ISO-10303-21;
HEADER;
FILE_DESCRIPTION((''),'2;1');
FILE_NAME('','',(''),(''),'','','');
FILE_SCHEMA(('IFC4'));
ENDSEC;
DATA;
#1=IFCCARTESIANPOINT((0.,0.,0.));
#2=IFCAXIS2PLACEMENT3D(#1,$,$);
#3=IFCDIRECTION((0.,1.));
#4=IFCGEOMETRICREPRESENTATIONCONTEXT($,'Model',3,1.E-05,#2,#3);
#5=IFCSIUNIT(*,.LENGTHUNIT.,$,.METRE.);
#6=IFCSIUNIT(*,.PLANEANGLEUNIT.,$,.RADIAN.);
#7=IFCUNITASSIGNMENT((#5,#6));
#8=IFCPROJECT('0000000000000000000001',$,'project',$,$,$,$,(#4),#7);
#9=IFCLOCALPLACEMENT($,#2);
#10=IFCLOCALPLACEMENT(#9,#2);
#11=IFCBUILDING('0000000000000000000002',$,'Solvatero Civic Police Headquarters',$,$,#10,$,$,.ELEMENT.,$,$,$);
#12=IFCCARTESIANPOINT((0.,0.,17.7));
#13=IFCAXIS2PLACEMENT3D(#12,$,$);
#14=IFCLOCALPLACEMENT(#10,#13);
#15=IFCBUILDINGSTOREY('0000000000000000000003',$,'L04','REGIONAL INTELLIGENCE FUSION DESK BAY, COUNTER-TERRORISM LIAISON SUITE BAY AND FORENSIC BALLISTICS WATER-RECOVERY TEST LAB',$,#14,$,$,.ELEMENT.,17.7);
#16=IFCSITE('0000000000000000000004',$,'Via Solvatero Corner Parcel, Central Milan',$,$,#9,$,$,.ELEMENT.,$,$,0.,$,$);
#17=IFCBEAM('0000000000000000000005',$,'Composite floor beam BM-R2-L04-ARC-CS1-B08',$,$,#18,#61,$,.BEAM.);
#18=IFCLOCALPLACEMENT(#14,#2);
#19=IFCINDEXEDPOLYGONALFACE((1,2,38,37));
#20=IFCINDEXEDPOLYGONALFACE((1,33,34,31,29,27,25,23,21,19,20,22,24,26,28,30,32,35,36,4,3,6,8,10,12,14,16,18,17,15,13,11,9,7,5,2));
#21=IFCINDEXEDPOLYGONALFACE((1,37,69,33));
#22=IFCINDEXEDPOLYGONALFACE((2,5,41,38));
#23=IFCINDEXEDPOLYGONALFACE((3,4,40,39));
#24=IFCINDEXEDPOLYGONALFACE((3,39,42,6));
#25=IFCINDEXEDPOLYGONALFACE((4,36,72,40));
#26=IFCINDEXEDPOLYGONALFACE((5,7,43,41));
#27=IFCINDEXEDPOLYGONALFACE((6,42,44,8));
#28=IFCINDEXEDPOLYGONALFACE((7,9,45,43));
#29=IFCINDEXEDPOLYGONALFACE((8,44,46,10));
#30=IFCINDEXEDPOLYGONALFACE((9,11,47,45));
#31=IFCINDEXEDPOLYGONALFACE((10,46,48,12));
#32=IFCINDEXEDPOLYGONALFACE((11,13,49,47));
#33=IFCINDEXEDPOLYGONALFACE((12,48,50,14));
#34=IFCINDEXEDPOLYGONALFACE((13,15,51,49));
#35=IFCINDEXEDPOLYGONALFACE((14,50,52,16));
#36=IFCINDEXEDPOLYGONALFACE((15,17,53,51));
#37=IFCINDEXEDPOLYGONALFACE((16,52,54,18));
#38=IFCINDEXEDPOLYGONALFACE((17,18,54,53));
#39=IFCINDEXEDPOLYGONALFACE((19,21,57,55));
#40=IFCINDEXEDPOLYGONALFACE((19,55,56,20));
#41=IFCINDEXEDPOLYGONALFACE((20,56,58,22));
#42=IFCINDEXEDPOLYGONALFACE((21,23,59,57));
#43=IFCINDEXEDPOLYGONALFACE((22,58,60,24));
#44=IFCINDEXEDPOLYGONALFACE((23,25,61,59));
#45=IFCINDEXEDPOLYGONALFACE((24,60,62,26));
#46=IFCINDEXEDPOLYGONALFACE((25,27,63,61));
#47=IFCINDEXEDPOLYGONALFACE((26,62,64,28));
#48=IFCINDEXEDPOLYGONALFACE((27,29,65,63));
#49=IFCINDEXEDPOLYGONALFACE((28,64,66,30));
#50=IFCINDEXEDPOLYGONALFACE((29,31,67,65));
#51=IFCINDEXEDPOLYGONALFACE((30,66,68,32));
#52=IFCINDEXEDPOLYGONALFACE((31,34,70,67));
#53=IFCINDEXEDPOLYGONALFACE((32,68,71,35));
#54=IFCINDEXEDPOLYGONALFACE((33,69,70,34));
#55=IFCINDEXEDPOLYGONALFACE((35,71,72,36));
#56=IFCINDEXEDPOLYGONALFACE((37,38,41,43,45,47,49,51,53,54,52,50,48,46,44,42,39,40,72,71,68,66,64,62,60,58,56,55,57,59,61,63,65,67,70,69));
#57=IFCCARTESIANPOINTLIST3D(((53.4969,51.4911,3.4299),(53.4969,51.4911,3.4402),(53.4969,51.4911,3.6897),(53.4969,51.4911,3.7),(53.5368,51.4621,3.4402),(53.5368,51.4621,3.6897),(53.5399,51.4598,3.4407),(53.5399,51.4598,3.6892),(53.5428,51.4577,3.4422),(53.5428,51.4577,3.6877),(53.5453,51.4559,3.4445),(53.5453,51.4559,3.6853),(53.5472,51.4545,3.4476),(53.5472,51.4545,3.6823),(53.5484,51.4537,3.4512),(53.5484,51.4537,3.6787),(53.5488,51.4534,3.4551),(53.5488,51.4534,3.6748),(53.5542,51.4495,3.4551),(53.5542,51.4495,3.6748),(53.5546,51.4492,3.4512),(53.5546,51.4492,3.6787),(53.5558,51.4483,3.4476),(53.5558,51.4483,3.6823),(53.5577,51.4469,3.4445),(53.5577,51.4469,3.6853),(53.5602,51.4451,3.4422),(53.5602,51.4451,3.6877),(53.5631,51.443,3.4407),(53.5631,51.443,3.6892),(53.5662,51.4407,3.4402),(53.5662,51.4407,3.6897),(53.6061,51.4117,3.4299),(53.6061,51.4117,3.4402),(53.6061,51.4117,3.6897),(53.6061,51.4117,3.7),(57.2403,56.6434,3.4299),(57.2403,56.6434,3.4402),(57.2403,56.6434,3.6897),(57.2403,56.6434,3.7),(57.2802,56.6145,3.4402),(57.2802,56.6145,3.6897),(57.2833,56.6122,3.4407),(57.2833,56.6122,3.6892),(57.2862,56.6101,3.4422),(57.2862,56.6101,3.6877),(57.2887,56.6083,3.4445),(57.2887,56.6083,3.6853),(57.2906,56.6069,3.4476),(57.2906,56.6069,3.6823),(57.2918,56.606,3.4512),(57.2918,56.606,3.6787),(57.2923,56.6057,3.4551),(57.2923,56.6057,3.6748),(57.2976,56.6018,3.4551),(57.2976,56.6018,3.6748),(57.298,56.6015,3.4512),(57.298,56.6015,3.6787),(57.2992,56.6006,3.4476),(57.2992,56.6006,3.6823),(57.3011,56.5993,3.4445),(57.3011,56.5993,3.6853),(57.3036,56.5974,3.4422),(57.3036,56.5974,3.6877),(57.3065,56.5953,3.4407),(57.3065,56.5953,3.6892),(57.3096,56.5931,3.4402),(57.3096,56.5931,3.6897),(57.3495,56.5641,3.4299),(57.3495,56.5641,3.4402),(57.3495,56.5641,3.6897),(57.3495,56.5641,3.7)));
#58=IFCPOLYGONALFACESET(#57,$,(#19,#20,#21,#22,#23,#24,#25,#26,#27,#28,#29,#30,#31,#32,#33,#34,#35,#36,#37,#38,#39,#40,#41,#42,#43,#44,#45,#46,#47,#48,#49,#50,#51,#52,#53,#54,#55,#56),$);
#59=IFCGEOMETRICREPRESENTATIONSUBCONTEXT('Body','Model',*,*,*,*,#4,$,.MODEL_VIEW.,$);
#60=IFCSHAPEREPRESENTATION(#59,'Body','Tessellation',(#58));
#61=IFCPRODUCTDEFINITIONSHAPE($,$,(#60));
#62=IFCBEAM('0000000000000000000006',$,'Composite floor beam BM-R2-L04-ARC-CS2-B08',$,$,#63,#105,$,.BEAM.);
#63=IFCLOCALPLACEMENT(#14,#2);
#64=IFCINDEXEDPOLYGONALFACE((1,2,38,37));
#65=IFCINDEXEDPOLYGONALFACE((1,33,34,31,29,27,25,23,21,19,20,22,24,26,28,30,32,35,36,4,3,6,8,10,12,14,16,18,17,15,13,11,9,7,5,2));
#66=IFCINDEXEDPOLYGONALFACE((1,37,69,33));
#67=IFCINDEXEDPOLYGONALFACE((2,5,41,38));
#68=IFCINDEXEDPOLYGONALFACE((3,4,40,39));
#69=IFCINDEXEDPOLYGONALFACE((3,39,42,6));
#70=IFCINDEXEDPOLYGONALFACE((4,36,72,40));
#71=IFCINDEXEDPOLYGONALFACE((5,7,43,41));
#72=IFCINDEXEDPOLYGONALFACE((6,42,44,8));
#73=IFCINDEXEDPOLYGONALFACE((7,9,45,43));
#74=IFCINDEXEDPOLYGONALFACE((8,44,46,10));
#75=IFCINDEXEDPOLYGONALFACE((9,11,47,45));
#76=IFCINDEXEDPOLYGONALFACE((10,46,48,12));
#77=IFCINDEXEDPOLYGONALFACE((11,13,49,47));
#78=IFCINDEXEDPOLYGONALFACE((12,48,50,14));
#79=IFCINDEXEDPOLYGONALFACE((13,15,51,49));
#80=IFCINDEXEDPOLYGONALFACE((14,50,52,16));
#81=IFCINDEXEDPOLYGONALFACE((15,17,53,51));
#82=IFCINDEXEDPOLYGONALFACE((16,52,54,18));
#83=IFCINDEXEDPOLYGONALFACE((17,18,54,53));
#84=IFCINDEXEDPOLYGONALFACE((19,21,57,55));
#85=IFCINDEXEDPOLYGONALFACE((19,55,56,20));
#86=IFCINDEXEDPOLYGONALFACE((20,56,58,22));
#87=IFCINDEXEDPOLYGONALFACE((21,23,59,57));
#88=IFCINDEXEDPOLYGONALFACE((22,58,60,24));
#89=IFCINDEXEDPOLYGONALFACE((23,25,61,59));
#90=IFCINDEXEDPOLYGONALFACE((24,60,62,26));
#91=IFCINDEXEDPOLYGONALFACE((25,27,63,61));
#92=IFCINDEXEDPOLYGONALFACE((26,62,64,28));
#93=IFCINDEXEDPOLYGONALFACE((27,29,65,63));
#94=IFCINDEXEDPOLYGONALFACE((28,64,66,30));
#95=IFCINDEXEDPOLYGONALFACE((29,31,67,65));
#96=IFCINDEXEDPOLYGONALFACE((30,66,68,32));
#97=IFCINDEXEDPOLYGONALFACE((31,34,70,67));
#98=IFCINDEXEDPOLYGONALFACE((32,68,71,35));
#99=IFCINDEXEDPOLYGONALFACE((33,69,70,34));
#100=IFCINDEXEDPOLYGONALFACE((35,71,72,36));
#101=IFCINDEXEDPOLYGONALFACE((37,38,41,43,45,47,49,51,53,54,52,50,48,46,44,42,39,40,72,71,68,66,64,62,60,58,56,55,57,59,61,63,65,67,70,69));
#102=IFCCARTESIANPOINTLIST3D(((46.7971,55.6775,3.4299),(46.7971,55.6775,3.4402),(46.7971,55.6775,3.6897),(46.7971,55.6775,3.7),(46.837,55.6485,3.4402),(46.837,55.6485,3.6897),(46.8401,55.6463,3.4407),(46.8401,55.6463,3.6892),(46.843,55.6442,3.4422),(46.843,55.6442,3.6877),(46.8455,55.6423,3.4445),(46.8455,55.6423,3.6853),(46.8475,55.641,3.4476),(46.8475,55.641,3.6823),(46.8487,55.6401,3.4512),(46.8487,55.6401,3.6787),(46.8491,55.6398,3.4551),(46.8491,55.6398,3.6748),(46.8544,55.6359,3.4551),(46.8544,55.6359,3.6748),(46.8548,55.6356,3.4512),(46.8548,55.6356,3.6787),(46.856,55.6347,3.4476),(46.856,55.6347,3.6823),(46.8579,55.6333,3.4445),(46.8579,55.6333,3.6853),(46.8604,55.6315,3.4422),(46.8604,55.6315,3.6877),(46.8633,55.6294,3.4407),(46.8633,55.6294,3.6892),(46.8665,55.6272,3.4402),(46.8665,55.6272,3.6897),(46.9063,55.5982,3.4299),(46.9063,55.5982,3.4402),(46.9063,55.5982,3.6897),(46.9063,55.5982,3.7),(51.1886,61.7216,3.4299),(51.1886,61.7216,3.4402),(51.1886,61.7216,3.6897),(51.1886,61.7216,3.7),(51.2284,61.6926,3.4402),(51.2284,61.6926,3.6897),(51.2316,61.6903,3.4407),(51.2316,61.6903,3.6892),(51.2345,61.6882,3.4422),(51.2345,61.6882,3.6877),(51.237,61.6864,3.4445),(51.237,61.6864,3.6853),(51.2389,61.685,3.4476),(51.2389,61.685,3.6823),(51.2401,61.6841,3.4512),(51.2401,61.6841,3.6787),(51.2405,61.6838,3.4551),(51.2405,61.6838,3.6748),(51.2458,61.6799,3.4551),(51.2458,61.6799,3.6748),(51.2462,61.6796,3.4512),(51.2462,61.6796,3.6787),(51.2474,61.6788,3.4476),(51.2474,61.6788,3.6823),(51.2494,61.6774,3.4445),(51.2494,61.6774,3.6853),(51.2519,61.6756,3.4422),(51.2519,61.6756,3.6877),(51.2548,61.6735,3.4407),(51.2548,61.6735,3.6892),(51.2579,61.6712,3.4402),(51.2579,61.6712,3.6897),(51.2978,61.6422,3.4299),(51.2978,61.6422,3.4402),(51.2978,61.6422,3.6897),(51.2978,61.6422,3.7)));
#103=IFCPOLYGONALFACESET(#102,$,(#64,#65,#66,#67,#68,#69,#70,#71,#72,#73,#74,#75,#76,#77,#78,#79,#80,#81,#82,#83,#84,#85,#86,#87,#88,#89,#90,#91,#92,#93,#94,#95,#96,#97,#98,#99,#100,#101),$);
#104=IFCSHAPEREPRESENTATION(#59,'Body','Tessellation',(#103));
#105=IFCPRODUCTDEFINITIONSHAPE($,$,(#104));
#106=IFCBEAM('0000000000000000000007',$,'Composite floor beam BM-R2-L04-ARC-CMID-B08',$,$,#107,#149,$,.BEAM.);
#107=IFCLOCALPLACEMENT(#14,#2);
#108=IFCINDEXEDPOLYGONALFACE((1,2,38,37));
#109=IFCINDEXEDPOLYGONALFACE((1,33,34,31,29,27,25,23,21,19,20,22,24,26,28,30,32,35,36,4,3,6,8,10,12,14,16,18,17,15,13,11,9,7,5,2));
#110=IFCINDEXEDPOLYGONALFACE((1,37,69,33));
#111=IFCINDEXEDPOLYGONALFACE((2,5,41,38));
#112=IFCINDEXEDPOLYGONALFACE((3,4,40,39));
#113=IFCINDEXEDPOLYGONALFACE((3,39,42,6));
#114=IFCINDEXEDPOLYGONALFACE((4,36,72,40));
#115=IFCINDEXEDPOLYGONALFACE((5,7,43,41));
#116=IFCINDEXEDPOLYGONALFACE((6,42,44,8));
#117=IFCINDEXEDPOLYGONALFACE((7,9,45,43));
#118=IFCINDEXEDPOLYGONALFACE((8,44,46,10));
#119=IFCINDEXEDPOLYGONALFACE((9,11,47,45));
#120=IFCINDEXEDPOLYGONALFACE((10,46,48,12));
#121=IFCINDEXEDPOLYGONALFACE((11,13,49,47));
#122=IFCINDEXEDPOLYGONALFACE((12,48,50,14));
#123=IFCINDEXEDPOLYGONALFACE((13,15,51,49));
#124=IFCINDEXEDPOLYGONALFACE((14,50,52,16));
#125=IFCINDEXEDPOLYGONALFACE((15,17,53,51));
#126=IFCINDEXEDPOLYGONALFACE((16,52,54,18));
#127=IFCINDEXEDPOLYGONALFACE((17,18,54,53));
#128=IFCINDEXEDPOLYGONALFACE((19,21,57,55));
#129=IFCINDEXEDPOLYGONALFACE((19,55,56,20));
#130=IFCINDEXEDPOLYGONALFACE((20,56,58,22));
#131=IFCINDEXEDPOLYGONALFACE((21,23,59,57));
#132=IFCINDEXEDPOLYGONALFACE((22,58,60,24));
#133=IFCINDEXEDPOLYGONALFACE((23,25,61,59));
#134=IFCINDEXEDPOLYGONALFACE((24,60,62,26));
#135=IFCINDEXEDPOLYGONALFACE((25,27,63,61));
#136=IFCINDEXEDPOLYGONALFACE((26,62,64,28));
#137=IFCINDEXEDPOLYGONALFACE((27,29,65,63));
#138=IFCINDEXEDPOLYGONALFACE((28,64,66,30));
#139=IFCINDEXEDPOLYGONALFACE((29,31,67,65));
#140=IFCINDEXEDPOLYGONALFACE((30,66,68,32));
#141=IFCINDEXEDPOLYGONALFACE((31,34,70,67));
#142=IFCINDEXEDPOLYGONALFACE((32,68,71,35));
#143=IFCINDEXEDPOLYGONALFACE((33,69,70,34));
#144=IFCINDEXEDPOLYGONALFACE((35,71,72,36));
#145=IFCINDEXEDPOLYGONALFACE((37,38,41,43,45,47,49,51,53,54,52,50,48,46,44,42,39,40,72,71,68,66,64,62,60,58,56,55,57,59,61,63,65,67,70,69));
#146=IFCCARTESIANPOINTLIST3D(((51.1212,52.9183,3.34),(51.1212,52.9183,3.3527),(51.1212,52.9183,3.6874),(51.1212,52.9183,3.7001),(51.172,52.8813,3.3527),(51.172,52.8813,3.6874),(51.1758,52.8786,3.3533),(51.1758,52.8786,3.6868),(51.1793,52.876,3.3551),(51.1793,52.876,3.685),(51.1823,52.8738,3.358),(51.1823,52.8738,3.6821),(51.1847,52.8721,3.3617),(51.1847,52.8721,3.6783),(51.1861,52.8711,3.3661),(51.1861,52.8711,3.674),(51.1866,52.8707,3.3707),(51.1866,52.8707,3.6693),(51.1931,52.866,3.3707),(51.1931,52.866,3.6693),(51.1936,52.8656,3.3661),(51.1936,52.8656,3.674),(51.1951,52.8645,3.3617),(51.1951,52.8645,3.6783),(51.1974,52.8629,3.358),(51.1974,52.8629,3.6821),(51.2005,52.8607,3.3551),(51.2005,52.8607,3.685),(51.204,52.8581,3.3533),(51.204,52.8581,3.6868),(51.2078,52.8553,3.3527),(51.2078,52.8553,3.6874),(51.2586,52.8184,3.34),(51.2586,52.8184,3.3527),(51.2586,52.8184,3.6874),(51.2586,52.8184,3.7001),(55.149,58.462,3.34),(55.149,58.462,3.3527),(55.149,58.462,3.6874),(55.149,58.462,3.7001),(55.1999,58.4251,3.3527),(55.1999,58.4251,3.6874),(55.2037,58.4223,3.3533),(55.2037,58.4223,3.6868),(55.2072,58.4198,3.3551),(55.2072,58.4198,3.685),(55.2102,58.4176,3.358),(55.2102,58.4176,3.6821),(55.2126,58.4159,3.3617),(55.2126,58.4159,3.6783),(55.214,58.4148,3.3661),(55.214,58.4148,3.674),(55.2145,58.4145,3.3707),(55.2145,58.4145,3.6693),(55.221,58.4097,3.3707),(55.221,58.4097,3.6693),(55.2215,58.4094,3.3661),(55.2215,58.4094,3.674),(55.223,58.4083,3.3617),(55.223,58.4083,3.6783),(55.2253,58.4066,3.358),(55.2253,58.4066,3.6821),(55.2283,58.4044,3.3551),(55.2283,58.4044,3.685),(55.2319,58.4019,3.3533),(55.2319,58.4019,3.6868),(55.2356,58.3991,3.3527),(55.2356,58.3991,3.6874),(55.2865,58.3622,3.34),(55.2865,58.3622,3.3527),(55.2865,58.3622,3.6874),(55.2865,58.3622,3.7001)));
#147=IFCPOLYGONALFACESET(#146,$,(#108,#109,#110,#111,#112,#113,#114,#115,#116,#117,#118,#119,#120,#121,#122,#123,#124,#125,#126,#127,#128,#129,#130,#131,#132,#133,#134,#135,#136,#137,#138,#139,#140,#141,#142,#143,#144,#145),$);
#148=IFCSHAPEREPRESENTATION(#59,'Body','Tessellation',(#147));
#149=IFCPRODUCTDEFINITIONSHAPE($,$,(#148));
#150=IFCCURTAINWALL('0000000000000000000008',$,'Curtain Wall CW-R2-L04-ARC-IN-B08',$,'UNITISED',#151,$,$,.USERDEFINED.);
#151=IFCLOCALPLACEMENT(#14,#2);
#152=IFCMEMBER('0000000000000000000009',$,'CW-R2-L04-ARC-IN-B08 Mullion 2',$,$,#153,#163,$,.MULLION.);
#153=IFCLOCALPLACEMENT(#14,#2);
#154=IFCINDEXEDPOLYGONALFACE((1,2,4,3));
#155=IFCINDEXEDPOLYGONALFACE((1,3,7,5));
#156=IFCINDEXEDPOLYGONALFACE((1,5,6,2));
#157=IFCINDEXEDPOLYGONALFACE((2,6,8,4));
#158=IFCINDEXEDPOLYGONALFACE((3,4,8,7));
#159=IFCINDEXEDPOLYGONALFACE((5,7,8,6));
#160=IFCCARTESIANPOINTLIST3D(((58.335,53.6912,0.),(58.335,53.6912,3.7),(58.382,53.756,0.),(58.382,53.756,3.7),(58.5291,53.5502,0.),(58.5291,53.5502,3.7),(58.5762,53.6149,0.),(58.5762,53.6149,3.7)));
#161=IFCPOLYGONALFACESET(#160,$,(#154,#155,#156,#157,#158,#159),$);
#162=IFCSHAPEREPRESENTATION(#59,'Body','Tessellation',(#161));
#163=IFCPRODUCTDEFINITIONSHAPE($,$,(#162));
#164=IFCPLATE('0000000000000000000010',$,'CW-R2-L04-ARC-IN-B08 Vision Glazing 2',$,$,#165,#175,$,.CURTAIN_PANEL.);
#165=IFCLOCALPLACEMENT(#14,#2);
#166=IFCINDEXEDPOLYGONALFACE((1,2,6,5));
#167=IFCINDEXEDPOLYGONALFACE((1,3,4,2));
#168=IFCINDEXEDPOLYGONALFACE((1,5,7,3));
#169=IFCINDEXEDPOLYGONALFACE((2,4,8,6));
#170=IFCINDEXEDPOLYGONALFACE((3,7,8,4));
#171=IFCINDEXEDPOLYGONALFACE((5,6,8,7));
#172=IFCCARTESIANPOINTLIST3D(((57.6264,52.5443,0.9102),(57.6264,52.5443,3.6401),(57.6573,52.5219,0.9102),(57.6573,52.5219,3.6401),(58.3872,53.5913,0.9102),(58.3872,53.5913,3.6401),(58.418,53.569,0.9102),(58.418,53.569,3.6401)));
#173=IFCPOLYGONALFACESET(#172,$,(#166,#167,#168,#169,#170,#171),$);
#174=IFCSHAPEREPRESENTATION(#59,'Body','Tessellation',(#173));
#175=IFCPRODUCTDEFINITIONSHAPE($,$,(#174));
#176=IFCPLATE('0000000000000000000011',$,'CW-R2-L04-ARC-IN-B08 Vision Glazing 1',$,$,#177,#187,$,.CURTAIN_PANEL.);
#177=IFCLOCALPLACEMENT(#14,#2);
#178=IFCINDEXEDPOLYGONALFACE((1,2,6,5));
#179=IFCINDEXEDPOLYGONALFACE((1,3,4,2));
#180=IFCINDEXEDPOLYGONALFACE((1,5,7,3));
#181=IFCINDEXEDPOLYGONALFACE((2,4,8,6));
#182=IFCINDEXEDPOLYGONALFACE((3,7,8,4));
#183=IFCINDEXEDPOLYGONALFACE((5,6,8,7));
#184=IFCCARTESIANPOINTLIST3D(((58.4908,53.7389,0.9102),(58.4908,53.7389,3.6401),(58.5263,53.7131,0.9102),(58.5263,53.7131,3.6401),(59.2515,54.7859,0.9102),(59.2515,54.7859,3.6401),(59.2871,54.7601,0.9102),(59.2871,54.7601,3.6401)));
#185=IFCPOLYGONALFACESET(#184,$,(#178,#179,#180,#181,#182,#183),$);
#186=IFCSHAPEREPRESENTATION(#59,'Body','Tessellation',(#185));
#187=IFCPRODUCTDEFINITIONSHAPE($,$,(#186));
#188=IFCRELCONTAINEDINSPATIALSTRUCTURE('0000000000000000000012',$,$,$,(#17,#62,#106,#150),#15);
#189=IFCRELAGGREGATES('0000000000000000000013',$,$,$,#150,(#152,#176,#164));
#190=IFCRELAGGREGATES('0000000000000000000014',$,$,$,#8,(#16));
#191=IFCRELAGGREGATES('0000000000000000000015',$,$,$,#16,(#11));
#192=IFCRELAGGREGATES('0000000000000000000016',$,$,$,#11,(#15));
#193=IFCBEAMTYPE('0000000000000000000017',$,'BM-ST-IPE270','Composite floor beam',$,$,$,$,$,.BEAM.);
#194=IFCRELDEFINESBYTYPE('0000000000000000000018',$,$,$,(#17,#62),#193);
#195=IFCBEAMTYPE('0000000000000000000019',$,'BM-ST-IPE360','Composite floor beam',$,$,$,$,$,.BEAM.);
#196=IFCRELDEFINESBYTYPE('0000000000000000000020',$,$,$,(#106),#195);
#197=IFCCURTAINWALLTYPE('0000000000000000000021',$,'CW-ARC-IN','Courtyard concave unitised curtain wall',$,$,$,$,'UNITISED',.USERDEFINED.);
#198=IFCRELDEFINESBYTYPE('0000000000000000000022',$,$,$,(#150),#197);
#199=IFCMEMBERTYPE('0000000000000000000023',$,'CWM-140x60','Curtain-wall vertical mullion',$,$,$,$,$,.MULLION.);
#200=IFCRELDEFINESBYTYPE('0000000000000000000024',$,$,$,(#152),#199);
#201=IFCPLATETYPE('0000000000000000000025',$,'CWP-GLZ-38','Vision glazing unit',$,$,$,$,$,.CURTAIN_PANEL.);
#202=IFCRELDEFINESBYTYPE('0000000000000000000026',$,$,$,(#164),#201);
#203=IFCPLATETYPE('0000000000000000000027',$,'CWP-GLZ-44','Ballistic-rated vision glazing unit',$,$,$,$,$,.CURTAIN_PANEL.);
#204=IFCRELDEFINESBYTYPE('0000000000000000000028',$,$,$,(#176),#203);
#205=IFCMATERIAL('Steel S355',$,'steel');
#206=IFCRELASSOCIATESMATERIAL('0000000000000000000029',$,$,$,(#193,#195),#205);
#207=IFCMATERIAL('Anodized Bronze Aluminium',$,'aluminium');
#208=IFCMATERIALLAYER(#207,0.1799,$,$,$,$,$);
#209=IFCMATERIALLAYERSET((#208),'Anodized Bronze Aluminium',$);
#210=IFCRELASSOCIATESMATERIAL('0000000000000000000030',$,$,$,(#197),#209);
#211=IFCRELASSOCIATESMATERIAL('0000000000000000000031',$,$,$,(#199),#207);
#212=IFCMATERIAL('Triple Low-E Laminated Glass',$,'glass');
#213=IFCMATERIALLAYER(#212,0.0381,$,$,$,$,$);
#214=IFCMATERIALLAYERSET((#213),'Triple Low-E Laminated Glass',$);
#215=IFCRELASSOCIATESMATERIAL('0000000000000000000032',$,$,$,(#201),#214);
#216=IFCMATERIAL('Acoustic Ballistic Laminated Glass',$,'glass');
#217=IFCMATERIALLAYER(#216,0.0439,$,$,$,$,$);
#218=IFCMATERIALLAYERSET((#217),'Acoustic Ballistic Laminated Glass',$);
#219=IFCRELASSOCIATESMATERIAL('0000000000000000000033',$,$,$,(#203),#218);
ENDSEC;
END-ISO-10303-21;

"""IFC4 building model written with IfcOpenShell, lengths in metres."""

from ifc_helpers import new_model, si_unit, direction, frame, origin, origin_2d, place, context, subcontext, project, spatial, rectangle, i_section, extrude, material, layer, layer_set, material_profile, profile_set, type_object, element, aggregate, save


model = new_model("IFC4")

# Units and contexts
model_context = context("Model", 3, precision=1e-05, world=origin(), true_north=direction((0.0, 1.0)))
body_context = subcontext(model_context, "Body", "Model", "MODEL_VIEW")
ifc_project = project(units=[si_unit("LENGTHUNIT", "METRE"), si_unit("PLANEANGLEUNIT", "RADIAN")], contexts=[model_context])

# Site, building, storey
site_placement = place(None, origin())
site = spatial("IfcSite", under=ifc_project, at=site_placement, Name="Via Solvatero Corner Parcel, Central Milan", CompositionType="ELEMENT", RefElevation=0.0)
building_placement = place(site_placement, origin())
building = spatial("IfcBuilding", under=site, at=building_placement, Name="Solvatero Civic Police Headquarters", CompositionType="ELEMENT")
storey_placement = place(building_placement, frame((0.0, 0.0, 17.7)))
storey = spatial("IfcBuildingStorey", under=building, at=storey_placement, Name="L04", Description="REGIONAL INTELLIGENCE FUSION DESK BAY, COUNTER-TERRORISM LIAISON SUITE BAY AND FORENSIC BALLISTICS WATER-RECOVERY TEST LAB", CompositionType="ELEMENT", Elevation=17.7)

# Shared definitions
ifc_material_1 = material(Name="Steel S355", Category="steel")

# Beams
ifc_material_profile_1 = material_profile(ifc_material_1, i_section(OverallWidth=0.135, OverallDepth=0.27, WebThickness=0.0066, FlangeThickness=0.0103, FilletRadius=0.0149, at=origin_2d()), Name="IPE 270")
ifc_profile_set_1 = profile_set([ifc_material_profile_1], Name="Steel S355")
beam_type_1 = type_object("IfcBeamType", Name="BM-ST-IPE270", Description="Composite floor beam", PredefinedType="BEAM", material=ifc_profile_set_1)
beam_1_placement = place(storey_placement, frame((57.2949, 56.6038, 3.5649), z_axis=(-0.587786, -0.809016, 0.0), x_axis=(0.809016, -0.587786, 0.0)))
element("IfcBeam", 1, at=beam_1_placement, inside=storey, type_object=beam_type_1, Name="Composite floor beam BM-R2-L04-ARC-CS1-B08", PredefinedType="BEAM", context=body_context, shape_type="SweptSolid", body=[
    extrude(i_section(OverallWidth=0.135, OverallDepth=0.27, WebThickness=0.0066, FlangeThickness=0.0103, FilletRadius=0.0149, at=origin_2d()), origin(), (0.0, 0.0, 1.0), 6.3687),
])
beam_2_placement = place(storey_placement, frame((51.2432, 61.6819, 3.5649), z_axis=(-0.587801, -0.809006, 0.0), x_axis=(0.809006, -0.587801, 0.0)))
element("IfcBeam", 2, at=beam_2_placement, inside=storey, type_object=beam_type_1, Name="Composite floor beam BM-R2-L04-ARC-CS2-B08", PredefinedType="BEAM", context=body_context, shape_type="SweptSolid", body=[
    extrude(i_section(OverallWidth=0.135, OverallDepth=0.27, WebThickness=0.0066, FlangeThickness=0.0103, FilletRadius=0.0149, at=origin_2d()), origin(), (0.0, 0.0, 1.0), 7.4709),
])
ifc_material_profile_2 = material_profile(ifc_material_1, i_section(OverallWidth=0.1699, OverallDepth=0.3601, WebThickness=0.0081, FlangeThickness=0.0127, FilletRadius=0.0181, at=origin_2d()), Name="IPE 360")
ifc_profile_set_2 = profile_set([ifc_material_profile_2], Name="Steel S355")
beam_type_2 = type_object("IfcBeamType", Name="BM-ST-IPE360", Description="Composite floor beam", PredefinedType="BEAM", material=ifc_profile_set_2)
beam_3_placement = place(storey_placement, frame((55.2178, 58.4121, 3.52), z_axis=(-0.587795, -0.80901, 0.0), x_axis=(0.80901, -0.587795, 0.0)))
element("IfcBeam", 3, at=beam_3_placement, inside=storey, type_object=beam_type_2, Name="Composite floor beam BM-R2-L04-ARC-CMID-B08", PredefinedType="BEAM", context=body_context, shape_type="SweptSolid", body=[
    extrude(i_section(OverallWidth=0.1699, OverallDepth=0.3601, WebThickness=0.0081, FlangeThickness=0.0127, FilletRadius=0.0181, at=origin_2d()), origin(), (0.0, 0.0, 1.0), 6.8525),
])

# Curtain wall, member, plates
ifc_material_2 = material(Name="Anodized Bronze Aluminium", Category="aluminium")
ifc_layer_1 = layer(ifc_material_2, 0.1799)
ifc_layer_set_1 = layer_set([ifc_layer_1], Name="Anodized Bronze Aluminium")
curtain_wall_type = type_object("IfcCurtainWallType", Name="CW-ARC-IN", Description="Courtyard concave unitised curtain wall", ElementType="UNITISED", PredefinedType="USERDEFINED", material=ifc_layer_set_1)
curtain_wall_placement = place(storey_placement, origin())
curtain_wall = element("IfcCurtainWall", 4, at=curtain_wall_placement, inside=storey, type_object=curtain_wall_type, Name="Curtain Wall CW-R2-L04-ARC-IN-B08", ObjectType="UNITISED", PredefinedType="USERDEFINED")
ifc_material_profile_3 = material_profile(ifc_material_2, rectangle(XDim=0.0801, YDim=0.24, at=origin_2d()), Name="ALU MULLION 80x240")
ifc_profile_set_3 = profile_set([ifc_material_profile_3], Name="Anodized Bronze Aluminium")
member_type = type_object("IfcMemberType", Name="CWM-140x60", Description="Curtain-wall vertical mullion", PredefinedType="MULLION", material=ifc_profile_set_3)
member_placement = place(storey_placement, frame((58.4556, 53.6531, 0.0), z_axis=(0.0, 0.0, 1.0), x_axis=(-0.587799, -0.809007, 0.0)))
member = element("IfcMember", 5, at=member_placement, type_object=member_type, Name="CW-R2-L04-ARC-IN-B08 Mullion 2", PredefinedType="MULLION", context=body_context, shape_type="SweptSolid", body=[
    extrude(rectangle(XDim=0.0801, YDim=0.24, at=origin_2d()), origin(), (0.0, 0.0, 1.0), 3.7),
])
ifc_material_3 = material(Name="Triple Low-E Laminated Glass", Category="glass")
ifc_layer_2 = layer(ifc_material_3, 0.0381)
ifc_layer_set_2 = layer_set([ifc_layer_2], Name="Triple Low-E Laminated Glass")
plate_type_1 = type_object("IfcPlateType", Name="CWP-GLZ-38", Description="Vision glazing unit", PredefinedType="CURTAIN_PANEL", material=ifc_layer_set_2)
plate_1_placement = place(storey_placement, frame((58.0222, 53.0566, 0.9102), z_axis=(0.0, 0.0, 1.0), x_axis=(-0.587799, -0.809007, 0.0)))
plate_1 = element("IfcPlate", 6, at=plate_1_placement, type_object=plate_type_1, Name="CW-R2-L04-ARC-IN-B08 Vision Glazing 2", PredefinedType="CURTAIN_PANEL", context=body_context, shape_type="SweptSolid", body=[
    extrude(rectangle(XDim=1.2942, YDim=0.0381, at=origin_2d()), origin(), (0.0, 0.0, 1.0), 2.73),
])
ifc_material_4 = material(Name="Acoustic Ballistic Laminated Glass", Category="glass")
ifc_layer_3 = layer(ifc_material_4, 0.0439)
ifc_layer_set_3 = layer_set([ifc_layer_3], Name="Acoustic Ballistic Laminated Glass")
plate_type_2 = type_object("IfcPlateType", Name="CWP-GLZ-44", Description="Ballistic-rated vision glazing unit", PredefinedType="CURTAIN_PANEL", material=ifc_layer_set_3)
plate_2_placement = place(storey_placement, frame((58.8889, 54.2495, 0.9102), z_axis=(0.0, 0.0, 1.0), x_axis=(-0.587799, -0.809007, 0.0)))
plate_2 = element("IfcPlate", 7, at=plate_2_placement, type_object=plate_type_2, Name="CW-R2-L04-ARC-IN-B08 Vision Glazing 1", PredefinedType="CURTAIN_PANEL", context=body_context, shape_type="SweptSolid", body=[
    extrude(rectangle(XDim=1.2942, YDim=0.0439, at=origin_2d()), origin(), (0.0, 0.0, 1.0), 2.73),
])
aggregate(curtain_wall, [member, plate_2, plate_1])

save(model, "model.ifc")
